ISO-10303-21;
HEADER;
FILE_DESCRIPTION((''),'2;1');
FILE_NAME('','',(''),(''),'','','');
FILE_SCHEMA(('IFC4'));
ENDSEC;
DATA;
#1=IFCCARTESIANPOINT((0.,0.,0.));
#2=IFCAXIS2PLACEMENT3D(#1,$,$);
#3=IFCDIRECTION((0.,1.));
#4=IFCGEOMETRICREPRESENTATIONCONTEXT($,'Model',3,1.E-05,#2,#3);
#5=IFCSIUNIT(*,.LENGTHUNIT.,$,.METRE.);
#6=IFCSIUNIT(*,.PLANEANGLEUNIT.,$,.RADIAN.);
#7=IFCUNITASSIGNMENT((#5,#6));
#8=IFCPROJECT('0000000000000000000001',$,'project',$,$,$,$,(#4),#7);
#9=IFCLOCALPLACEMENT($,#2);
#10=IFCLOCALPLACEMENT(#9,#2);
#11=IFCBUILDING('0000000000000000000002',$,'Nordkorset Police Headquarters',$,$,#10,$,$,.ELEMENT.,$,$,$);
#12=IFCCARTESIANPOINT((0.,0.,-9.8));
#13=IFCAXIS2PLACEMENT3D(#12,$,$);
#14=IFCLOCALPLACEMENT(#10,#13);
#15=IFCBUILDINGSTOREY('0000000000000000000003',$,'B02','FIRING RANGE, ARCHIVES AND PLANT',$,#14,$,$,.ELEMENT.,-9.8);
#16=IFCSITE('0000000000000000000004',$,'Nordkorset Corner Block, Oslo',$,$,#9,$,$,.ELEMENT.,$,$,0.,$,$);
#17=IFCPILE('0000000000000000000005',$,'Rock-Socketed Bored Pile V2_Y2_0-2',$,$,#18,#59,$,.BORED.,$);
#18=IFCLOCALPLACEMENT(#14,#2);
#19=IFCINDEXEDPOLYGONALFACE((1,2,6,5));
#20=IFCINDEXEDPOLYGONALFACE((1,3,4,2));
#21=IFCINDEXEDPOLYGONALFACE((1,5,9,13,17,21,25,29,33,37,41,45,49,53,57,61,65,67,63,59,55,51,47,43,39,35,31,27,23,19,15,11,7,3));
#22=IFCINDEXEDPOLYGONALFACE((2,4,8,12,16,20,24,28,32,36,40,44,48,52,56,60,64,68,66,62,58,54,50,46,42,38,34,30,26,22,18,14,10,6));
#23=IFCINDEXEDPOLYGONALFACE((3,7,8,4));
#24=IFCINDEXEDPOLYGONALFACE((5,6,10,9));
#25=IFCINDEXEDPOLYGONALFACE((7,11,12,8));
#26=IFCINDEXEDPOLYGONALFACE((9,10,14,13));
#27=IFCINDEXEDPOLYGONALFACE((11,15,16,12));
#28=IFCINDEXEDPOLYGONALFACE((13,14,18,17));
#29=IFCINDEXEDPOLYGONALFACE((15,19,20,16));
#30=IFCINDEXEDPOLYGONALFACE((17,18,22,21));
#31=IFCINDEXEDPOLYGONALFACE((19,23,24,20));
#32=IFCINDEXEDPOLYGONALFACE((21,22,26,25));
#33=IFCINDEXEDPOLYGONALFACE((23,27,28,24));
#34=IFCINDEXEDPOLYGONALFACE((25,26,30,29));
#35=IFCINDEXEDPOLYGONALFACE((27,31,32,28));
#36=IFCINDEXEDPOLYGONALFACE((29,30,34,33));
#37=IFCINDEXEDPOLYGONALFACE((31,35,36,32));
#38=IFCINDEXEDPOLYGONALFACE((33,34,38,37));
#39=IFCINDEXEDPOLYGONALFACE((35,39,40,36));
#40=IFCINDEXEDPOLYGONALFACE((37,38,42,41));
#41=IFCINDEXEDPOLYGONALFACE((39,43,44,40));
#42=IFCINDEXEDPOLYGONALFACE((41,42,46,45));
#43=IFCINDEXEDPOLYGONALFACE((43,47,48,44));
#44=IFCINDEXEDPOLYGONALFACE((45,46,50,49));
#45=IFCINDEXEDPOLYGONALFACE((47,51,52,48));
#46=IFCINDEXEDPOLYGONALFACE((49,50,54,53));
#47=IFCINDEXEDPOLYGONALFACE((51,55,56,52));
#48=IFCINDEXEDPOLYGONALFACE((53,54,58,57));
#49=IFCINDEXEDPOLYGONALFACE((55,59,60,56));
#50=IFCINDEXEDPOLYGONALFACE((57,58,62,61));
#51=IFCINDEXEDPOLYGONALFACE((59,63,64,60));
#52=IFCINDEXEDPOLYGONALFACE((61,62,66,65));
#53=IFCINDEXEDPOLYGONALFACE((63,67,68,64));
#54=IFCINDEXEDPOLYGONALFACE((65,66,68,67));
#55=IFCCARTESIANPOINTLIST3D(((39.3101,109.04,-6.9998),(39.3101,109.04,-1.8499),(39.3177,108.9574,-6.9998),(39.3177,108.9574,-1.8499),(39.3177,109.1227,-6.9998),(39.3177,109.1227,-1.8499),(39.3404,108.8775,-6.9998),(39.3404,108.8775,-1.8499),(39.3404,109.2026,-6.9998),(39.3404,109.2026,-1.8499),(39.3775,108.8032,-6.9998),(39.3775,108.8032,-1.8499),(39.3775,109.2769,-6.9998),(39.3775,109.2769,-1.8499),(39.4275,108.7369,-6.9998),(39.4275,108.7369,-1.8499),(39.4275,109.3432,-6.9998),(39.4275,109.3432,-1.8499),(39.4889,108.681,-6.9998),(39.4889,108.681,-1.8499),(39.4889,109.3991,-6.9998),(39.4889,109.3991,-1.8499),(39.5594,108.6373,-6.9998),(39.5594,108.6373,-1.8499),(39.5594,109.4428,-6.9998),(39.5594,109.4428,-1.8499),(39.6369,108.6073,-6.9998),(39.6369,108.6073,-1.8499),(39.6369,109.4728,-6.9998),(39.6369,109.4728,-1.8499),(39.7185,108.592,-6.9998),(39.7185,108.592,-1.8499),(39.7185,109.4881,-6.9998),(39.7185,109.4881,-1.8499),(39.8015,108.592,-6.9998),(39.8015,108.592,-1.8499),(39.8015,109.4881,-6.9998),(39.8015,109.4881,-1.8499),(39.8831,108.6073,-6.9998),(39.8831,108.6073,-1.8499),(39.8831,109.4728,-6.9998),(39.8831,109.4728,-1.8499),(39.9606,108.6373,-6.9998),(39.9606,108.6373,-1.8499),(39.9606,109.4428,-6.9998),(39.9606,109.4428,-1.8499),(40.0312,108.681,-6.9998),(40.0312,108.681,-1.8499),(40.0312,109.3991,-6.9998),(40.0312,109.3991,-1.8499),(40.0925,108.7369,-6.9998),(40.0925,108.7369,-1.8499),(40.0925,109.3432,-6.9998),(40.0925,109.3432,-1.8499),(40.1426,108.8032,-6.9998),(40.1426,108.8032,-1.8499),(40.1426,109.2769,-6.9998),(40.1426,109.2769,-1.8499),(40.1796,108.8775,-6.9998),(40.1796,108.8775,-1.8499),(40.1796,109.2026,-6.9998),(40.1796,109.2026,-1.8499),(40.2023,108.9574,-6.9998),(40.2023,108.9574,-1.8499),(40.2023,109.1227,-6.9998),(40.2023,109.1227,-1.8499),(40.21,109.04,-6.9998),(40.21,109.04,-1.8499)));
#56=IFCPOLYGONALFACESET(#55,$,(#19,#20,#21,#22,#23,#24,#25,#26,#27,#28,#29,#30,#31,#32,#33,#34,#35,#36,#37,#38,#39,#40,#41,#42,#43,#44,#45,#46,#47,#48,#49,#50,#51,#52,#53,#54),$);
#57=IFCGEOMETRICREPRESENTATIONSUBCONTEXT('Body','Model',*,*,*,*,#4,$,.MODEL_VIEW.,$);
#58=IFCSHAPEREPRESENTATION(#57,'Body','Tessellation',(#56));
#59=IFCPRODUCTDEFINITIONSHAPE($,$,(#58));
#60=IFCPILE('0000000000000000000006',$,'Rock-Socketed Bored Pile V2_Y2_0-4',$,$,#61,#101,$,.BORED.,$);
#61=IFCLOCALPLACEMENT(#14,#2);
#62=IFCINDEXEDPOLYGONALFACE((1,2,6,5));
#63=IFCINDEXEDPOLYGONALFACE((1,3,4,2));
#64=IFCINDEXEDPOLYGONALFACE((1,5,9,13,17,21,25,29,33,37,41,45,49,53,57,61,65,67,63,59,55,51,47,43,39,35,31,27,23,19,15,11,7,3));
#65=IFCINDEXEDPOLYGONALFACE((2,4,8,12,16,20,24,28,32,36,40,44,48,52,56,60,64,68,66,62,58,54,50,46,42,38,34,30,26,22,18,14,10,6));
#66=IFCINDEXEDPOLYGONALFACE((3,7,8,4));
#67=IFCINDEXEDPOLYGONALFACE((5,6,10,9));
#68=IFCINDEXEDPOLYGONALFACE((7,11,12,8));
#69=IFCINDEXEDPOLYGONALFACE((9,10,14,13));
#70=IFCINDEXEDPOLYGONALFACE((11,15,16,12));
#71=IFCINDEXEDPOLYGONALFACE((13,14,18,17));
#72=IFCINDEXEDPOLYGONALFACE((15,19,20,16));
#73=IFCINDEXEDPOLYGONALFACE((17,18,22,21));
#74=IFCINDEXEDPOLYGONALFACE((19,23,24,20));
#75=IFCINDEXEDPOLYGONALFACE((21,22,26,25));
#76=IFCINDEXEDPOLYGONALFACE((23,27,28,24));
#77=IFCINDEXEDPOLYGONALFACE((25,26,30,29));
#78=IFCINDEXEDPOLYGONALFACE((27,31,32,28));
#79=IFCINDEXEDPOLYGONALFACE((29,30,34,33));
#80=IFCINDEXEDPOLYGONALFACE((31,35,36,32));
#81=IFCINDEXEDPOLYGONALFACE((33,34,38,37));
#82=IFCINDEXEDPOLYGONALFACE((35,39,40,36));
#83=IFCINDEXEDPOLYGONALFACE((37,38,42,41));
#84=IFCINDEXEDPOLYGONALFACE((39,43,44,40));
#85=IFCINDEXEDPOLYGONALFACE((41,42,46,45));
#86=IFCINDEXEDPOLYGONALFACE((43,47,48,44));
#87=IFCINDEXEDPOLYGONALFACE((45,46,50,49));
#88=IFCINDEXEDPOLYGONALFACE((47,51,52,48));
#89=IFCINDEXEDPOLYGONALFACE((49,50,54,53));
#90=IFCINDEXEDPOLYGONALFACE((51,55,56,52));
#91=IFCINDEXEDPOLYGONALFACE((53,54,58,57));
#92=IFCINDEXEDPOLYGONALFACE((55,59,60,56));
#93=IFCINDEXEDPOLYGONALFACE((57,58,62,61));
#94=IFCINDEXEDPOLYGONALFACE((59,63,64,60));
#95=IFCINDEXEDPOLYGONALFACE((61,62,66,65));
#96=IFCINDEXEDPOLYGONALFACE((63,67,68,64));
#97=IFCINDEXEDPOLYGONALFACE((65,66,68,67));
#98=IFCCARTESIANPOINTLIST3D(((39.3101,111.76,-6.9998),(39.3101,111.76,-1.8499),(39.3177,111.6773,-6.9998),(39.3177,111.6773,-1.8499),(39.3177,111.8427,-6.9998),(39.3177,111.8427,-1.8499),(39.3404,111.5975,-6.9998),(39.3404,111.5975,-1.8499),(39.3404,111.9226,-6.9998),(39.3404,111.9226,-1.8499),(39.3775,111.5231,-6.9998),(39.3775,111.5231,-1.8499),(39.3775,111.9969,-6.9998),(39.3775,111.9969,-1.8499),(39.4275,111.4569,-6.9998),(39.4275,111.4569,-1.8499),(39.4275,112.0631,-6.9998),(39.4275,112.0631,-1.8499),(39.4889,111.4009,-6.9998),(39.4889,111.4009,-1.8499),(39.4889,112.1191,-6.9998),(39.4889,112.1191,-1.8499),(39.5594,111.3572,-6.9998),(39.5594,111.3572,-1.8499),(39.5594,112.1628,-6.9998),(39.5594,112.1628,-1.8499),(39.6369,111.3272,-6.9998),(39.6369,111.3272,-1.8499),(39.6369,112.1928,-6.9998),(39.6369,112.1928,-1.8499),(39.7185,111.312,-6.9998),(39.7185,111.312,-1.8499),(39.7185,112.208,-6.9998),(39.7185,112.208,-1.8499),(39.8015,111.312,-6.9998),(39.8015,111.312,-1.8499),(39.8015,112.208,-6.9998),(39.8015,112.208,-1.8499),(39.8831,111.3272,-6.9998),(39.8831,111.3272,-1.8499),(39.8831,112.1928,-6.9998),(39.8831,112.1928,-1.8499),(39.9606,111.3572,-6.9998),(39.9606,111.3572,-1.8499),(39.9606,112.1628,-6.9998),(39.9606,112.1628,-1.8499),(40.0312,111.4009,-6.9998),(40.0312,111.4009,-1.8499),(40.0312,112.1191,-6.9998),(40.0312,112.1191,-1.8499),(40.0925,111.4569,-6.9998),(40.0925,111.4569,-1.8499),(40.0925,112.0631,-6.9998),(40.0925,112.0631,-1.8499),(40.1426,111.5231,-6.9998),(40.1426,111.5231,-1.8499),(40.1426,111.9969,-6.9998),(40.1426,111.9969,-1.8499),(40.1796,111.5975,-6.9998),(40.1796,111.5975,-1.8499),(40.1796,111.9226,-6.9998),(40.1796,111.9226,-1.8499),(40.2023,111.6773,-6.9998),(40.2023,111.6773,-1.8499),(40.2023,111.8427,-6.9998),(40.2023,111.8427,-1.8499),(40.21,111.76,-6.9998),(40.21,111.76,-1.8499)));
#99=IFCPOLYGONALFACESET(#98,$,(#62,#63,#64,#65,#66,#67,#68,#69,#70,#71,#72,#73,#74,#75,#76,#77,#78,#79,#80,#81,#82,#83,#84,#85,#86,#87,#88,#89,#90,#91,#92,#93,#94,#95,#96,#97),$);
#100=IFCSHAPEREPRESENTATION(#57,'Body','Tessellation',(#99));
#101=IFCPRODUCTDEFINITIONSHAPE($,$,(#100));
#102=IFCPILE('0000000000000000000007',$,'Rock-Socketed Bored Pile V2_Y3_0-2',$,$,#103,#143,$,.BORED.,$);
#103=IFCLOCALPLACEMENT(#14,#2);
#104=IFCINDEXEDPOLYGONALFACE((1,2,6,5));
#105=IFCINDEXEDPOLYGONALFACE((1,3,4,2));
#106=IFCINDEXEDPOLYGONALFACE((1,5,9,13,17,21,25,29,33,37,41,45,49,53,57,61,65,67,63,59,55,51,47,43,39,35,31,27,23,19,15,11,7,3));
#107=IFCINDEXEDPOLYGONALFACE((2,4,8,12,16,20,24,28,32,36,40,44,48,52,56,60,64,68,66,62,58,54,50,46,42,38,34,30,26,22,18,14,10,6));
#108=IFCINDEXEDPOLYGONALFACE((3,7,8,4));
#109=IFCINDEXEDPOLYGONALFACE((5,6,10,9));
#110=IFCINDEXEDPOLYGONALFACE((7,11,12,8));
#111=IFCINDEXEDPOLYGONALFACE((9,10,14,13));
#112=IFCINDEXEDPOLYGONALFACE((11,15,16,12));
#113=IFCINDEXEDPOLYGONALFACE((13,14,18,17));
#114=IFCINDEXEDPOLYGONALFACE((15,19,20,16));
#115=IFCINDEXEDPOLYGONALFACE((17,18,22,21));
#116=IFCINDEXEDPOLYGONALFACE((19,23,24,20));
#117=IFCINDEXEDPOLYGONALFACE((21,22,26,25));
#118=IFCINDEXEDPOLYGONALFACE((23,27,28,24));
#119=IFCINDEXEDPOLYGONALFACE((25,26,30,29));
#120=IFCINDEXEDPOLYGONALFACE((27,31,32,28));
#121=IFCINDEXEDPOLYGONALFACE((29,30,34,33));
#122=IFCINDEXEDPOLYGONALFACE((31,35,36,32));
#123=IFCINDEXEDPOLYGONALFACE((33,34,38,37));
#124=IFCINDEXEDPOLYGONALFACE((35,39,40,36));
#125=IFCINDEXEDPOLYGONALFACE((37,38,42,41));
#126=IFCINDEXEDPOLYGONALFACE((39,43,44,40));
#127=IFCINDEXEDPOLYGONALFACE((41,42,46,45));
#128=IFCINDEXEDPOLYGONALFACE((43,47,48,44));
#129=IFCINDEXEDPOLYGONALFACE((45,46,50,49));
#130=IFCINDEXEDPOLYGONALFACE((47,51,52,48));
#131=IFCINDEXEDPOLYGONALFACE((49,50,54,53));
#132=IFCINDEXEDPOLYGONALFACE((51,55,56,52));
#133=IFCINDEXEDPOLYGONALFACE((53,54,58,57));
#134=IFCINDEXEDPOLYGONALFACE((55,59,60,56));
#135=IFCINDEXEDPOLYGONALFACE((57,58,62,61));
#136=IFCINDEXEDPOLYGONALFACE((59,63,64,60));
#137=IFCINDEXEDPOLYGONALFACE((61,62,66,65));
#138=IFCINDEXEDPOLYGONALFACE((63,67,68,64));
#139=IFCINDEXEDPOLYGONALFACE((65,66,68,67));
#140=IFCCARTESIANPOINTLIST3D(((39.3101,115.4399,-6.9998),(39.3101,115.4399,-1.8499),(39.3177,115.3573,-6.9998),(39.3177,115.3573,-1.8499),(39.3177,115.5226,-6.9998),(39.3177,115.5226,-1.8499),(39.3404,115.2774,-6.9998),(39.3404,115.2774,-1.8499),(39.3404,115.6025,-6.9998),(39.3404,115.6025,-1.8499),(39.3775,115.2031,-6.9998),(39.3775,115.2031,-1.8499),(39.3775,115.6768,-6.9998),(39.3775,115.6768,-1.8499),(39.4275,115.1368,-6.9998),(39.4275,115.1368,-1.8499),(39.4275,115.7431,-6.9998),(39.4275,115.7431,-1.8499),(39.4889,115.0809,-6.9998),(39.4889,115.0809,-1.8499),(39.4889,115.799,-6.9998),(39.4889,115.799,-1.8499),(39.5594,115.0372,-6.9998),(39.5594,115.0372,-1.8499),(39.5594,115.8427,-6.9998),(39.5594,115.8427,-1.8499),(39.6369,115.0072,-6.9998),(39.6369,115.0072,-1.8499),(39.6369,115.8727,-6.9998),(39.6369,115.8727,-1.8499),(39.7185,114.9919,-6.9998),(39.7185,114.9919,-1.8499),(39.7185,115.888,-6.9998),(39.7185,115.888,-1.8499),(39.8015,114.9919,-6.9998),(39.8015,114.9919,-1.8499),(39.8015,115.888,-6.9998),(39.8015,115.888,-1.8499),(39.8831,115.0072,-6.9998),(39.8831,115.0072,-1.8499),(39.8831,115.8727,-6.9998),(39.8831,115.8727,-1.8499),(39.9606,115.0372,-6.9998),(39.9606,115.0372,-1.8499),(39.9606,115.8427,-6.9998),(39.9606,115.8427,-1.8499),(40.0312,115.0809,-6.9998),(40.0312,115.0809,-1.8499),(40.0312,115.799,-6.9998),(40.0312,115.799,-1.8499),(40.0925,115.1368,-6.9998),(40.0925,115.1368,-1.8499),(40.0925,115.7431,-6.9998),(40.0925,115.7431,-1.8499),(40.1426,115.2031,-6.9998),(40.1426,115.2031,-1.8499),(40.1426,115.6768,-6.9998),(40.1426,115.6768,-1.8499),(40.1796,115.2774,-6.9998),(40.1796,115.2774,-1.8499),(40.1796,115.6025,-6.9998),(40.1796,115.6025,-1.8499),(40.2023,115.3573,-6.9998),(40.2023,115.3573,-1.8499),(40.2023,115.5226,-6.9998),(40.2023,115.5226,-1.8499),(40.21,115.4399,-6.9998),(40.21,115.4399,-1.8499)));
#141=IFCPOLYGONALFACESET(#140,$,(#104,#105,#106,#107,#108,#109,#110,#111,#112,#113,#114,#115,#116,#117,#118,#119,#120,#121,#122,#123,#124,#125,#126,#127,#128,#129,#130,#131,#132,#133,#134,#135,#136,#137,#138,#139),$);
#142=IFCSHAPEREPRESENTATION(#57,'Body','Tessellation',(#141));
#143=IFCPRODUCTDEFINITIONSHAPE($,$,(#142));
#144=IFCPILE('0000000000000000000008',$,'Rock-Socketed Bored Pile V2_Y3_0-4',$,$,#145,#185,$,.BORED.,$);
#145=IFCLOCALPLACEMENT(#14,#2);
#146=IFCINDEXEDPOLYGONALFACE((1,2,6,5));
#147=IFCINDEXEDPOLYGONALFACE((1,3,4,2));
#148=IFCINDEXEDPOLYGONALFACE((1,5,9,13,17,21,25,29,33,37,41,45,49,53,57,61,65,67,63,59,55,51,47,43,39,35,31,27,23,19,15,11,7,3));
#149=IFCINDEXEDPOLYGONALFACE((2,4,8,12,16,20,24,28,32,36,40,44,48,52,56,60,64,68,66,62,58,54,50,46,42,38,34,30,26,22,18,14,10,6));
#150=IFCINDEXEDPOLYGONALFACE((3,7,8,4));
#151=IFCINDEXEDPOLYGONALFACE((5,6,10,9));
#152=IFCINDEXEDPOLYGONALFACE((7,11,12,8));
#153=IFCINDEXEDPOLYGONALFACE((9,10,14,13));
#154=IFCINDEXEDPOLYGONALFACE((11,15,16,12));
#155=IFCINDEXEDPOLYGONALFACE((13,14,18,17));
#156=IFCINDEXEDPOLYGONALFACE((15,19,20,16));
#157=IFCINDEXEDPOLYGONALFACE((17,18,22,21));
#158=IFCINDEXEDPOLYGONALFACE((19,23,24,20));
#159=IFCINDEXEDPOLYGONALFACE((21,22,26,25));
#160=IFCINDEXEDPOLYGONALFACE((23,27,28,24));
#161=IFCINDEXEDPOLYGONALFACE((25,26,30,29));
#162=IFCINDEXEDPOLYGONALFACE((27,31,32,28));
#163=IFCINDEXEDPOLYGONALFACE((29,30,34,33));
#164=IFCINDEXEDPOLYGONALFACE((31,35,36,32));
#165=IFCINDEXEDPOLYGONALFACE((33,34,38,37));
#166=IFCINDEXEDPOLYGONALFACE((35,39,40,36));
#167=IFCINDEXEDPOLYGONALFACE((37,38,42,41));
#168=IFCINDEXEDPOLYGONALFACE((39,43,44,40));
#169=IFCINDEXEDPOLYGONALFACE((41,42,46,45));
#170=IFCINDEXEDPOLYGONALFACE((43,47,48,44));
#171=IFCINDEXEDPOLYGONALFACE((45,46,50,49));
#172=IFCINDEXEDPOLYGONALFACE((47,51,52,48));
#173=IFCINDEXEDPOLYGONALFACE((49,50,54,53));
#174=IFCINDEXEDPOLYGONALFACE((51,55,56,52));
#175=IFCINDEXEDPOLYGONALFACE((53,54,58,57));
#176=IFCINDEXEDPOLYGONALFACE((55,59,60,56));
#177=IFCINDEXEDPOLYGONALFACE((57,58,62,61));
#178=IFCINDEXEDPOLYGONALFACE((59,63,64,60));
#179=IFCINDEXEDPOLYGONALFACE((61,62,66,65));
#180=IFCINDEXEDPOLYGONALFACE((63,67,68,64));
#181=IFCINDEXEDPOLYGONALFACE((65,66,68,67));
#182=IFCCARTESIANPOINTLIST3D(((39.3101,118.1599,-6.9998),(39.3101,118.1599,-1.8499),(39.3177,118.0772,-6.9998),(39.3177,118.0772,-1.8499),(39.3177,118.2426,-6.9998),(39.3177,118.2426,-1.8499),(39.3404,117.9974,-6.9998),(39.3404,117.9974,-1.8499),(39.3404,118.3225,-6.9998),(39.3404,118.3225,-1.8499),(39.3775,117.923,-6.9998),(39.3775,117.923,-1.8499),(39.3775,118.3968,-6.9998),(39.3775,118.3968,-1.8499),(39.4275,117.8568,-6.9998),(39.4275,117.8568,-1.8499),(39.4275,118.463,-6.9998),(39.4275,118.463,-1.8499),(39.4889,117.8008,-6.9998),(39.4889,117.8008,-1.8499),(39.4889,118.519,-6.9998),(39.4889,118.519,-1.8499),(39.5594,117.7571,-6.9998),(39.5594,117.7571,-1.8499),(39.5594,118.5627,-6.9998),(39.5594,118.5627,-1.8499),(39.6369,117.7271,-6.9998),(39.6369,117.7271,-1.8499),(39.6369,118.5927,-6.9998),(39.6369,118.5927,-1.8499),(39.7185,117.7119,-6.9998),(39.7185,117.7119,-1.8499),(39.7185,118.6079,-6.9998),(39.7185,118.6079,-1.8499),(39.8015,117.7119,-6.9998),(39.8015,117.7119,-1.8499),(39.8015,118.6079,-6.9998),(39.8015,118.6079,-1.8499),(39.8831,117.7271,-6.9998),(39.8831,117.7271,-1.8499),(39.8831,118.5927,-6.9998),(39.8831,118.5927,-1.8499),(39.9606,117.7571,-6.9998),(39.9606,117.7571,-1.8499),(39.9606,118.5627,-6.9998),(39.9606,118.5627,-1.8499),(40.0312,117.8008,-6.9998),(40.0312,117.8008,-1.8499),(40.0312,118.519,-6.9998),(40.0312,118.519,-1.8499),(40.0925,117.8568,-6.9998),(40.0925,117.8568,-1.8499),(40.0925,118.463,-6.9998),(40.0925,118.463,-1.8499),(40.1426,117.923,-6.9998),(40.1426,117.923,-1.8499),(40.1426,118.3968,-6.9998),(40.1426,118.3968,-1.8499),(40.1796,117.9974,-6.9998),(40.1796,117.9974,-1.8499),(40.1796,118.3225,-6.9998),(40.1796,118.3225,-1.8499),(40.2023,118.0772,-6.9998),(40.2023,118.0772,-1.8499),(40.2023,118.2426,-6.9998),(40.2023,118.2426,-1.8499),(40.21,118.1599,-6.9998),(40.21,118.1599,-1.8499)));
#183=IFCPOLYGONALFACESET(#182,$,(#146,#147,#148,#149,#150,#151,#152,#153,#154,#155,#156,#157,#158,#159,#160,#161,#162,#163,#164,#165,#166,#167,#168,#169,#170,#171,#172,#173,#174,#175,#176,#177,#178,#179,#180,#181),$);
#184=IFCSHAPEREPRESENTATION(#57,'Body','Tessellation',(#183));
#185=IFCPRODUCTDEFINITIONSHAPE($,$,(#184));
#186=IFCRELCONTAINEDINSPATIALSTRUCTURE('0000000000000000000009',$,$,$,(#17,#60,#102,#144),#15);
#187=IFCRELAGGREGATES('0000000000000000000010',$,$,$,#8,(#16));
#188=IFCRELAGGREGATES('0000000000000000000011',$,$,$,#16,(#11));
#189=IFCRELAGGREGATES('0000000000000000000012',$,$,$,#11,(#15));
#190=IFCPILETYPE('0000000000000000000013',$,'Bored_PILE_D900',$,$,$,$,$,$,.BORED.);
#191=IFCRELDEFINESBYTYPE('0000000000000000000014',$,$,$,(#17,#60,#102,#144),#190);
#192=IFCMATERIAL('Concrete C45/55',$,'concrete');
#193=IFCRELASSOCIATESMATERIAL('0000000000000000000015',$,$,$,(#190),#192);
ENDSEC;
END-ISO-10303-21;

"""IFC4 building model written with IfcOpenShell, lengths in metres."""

from ifc_helpers import new_model, si_unit, direction, frame, origin, origin_2d, place, context, subcontext, project, spatial, circle, extrude, material, material_profile, profile_set, type_object, element, save


model = new_model("IFC4")

# Units and contexts
model_context = context("Model", 3, precision=1e-05, world=origin(), true_north=direction((0.0, 1.0)))
body_context = subcontext(model_context, "Body", "Model", "MODEL_VIEW")
ifc_project = project(units=[si_unit("LENGTHUNIT", "METRE"), si_unit("PLANEANGLEUNIT", "RADIAN")], contexts=[model_context])

# Site, building, storey
site_placement = place(None, origin())
site = spatial("IfcSite", under=ifc_project, at=site_placement, Name="Nordkorset Corner Block, Oslo", CompositionType="ELEMENT", RefElevation=0.0)
building_placement = place(site_placement, origin())
building = spatial("IfcBuilding", under=site, at=building_placement, Name="Nordkorset Police Headquarters", CompositionType="ELEMENT")
storey_placement = place(building_placement, frame((0.0, 0.0, -9.8)))
storey = spatial("IfcBuildingStorey", under=building, at=storey_placement, Name="B02", Description="FIRING RANGE, ARCHIVES AND PLANT", CompositionType="ELEMENT", Elevation=-9.8)

# Piles
ifc_material_1 = material(Name="Concrete C45/55", Category="concrete")
ifc_material_profile_1 = material_profile(ifc_material_1, circle(Radius=0.45, at=origin_2d()), Name="PILE D900")
ifc_profile_set_1 = profile_set([ifc_material_profile_1], Name="Concrete C45/55")
pile_type = type_object("IfcPileType", Name="Bored_PILE_D900", PredefinedType="BORED", material=ifc_profile_set_1)
for number, where, z_axis, x_axis, name in (
    (1, (39.76, 109.04, -1.8499), (0.0, 0.0, -1.0), (1.0, 0.0, 0.0), "Rock-Socketed Bored Pile V2_Y2_0-2"),
    (2, (39.76, 111.76, -1.8499), (0.0, 0.0, -1.0), (1.0, 0.0, 0.0), "Rock-Socketed Bored Pile V2_Y2_0-4"),
    (3, (39.76, 115.4399, -1.8499), (0.0, 0.0, -1.0), (1.0, 0.0, 0.0), "Rock-Socketed Bored Pile V2_Y3_0-2"),
    (4, (39.76, 118.1599, -1.8499), (0.0, 0.0, -1.0), (1.0, 0.0, 0.0), "Rock-Socketed Bored Pile V2_Y3_0-4"),
):
    element("IfcPile", number, at=place(storey_placement, frame(where, z_axis=z_axis, x_axis=x_axis)), inside=storey, type_object=pile_type, Name=name, PredefinedType="BORED", context=body_context, shape_type="SweptSolid", body=[
        extrude(circle(Radius=0.45, at=origin_2d()), origin(), (0.0, 0.0, 1.0), 5.1499),
    ])

save(model, "model.ifc")
